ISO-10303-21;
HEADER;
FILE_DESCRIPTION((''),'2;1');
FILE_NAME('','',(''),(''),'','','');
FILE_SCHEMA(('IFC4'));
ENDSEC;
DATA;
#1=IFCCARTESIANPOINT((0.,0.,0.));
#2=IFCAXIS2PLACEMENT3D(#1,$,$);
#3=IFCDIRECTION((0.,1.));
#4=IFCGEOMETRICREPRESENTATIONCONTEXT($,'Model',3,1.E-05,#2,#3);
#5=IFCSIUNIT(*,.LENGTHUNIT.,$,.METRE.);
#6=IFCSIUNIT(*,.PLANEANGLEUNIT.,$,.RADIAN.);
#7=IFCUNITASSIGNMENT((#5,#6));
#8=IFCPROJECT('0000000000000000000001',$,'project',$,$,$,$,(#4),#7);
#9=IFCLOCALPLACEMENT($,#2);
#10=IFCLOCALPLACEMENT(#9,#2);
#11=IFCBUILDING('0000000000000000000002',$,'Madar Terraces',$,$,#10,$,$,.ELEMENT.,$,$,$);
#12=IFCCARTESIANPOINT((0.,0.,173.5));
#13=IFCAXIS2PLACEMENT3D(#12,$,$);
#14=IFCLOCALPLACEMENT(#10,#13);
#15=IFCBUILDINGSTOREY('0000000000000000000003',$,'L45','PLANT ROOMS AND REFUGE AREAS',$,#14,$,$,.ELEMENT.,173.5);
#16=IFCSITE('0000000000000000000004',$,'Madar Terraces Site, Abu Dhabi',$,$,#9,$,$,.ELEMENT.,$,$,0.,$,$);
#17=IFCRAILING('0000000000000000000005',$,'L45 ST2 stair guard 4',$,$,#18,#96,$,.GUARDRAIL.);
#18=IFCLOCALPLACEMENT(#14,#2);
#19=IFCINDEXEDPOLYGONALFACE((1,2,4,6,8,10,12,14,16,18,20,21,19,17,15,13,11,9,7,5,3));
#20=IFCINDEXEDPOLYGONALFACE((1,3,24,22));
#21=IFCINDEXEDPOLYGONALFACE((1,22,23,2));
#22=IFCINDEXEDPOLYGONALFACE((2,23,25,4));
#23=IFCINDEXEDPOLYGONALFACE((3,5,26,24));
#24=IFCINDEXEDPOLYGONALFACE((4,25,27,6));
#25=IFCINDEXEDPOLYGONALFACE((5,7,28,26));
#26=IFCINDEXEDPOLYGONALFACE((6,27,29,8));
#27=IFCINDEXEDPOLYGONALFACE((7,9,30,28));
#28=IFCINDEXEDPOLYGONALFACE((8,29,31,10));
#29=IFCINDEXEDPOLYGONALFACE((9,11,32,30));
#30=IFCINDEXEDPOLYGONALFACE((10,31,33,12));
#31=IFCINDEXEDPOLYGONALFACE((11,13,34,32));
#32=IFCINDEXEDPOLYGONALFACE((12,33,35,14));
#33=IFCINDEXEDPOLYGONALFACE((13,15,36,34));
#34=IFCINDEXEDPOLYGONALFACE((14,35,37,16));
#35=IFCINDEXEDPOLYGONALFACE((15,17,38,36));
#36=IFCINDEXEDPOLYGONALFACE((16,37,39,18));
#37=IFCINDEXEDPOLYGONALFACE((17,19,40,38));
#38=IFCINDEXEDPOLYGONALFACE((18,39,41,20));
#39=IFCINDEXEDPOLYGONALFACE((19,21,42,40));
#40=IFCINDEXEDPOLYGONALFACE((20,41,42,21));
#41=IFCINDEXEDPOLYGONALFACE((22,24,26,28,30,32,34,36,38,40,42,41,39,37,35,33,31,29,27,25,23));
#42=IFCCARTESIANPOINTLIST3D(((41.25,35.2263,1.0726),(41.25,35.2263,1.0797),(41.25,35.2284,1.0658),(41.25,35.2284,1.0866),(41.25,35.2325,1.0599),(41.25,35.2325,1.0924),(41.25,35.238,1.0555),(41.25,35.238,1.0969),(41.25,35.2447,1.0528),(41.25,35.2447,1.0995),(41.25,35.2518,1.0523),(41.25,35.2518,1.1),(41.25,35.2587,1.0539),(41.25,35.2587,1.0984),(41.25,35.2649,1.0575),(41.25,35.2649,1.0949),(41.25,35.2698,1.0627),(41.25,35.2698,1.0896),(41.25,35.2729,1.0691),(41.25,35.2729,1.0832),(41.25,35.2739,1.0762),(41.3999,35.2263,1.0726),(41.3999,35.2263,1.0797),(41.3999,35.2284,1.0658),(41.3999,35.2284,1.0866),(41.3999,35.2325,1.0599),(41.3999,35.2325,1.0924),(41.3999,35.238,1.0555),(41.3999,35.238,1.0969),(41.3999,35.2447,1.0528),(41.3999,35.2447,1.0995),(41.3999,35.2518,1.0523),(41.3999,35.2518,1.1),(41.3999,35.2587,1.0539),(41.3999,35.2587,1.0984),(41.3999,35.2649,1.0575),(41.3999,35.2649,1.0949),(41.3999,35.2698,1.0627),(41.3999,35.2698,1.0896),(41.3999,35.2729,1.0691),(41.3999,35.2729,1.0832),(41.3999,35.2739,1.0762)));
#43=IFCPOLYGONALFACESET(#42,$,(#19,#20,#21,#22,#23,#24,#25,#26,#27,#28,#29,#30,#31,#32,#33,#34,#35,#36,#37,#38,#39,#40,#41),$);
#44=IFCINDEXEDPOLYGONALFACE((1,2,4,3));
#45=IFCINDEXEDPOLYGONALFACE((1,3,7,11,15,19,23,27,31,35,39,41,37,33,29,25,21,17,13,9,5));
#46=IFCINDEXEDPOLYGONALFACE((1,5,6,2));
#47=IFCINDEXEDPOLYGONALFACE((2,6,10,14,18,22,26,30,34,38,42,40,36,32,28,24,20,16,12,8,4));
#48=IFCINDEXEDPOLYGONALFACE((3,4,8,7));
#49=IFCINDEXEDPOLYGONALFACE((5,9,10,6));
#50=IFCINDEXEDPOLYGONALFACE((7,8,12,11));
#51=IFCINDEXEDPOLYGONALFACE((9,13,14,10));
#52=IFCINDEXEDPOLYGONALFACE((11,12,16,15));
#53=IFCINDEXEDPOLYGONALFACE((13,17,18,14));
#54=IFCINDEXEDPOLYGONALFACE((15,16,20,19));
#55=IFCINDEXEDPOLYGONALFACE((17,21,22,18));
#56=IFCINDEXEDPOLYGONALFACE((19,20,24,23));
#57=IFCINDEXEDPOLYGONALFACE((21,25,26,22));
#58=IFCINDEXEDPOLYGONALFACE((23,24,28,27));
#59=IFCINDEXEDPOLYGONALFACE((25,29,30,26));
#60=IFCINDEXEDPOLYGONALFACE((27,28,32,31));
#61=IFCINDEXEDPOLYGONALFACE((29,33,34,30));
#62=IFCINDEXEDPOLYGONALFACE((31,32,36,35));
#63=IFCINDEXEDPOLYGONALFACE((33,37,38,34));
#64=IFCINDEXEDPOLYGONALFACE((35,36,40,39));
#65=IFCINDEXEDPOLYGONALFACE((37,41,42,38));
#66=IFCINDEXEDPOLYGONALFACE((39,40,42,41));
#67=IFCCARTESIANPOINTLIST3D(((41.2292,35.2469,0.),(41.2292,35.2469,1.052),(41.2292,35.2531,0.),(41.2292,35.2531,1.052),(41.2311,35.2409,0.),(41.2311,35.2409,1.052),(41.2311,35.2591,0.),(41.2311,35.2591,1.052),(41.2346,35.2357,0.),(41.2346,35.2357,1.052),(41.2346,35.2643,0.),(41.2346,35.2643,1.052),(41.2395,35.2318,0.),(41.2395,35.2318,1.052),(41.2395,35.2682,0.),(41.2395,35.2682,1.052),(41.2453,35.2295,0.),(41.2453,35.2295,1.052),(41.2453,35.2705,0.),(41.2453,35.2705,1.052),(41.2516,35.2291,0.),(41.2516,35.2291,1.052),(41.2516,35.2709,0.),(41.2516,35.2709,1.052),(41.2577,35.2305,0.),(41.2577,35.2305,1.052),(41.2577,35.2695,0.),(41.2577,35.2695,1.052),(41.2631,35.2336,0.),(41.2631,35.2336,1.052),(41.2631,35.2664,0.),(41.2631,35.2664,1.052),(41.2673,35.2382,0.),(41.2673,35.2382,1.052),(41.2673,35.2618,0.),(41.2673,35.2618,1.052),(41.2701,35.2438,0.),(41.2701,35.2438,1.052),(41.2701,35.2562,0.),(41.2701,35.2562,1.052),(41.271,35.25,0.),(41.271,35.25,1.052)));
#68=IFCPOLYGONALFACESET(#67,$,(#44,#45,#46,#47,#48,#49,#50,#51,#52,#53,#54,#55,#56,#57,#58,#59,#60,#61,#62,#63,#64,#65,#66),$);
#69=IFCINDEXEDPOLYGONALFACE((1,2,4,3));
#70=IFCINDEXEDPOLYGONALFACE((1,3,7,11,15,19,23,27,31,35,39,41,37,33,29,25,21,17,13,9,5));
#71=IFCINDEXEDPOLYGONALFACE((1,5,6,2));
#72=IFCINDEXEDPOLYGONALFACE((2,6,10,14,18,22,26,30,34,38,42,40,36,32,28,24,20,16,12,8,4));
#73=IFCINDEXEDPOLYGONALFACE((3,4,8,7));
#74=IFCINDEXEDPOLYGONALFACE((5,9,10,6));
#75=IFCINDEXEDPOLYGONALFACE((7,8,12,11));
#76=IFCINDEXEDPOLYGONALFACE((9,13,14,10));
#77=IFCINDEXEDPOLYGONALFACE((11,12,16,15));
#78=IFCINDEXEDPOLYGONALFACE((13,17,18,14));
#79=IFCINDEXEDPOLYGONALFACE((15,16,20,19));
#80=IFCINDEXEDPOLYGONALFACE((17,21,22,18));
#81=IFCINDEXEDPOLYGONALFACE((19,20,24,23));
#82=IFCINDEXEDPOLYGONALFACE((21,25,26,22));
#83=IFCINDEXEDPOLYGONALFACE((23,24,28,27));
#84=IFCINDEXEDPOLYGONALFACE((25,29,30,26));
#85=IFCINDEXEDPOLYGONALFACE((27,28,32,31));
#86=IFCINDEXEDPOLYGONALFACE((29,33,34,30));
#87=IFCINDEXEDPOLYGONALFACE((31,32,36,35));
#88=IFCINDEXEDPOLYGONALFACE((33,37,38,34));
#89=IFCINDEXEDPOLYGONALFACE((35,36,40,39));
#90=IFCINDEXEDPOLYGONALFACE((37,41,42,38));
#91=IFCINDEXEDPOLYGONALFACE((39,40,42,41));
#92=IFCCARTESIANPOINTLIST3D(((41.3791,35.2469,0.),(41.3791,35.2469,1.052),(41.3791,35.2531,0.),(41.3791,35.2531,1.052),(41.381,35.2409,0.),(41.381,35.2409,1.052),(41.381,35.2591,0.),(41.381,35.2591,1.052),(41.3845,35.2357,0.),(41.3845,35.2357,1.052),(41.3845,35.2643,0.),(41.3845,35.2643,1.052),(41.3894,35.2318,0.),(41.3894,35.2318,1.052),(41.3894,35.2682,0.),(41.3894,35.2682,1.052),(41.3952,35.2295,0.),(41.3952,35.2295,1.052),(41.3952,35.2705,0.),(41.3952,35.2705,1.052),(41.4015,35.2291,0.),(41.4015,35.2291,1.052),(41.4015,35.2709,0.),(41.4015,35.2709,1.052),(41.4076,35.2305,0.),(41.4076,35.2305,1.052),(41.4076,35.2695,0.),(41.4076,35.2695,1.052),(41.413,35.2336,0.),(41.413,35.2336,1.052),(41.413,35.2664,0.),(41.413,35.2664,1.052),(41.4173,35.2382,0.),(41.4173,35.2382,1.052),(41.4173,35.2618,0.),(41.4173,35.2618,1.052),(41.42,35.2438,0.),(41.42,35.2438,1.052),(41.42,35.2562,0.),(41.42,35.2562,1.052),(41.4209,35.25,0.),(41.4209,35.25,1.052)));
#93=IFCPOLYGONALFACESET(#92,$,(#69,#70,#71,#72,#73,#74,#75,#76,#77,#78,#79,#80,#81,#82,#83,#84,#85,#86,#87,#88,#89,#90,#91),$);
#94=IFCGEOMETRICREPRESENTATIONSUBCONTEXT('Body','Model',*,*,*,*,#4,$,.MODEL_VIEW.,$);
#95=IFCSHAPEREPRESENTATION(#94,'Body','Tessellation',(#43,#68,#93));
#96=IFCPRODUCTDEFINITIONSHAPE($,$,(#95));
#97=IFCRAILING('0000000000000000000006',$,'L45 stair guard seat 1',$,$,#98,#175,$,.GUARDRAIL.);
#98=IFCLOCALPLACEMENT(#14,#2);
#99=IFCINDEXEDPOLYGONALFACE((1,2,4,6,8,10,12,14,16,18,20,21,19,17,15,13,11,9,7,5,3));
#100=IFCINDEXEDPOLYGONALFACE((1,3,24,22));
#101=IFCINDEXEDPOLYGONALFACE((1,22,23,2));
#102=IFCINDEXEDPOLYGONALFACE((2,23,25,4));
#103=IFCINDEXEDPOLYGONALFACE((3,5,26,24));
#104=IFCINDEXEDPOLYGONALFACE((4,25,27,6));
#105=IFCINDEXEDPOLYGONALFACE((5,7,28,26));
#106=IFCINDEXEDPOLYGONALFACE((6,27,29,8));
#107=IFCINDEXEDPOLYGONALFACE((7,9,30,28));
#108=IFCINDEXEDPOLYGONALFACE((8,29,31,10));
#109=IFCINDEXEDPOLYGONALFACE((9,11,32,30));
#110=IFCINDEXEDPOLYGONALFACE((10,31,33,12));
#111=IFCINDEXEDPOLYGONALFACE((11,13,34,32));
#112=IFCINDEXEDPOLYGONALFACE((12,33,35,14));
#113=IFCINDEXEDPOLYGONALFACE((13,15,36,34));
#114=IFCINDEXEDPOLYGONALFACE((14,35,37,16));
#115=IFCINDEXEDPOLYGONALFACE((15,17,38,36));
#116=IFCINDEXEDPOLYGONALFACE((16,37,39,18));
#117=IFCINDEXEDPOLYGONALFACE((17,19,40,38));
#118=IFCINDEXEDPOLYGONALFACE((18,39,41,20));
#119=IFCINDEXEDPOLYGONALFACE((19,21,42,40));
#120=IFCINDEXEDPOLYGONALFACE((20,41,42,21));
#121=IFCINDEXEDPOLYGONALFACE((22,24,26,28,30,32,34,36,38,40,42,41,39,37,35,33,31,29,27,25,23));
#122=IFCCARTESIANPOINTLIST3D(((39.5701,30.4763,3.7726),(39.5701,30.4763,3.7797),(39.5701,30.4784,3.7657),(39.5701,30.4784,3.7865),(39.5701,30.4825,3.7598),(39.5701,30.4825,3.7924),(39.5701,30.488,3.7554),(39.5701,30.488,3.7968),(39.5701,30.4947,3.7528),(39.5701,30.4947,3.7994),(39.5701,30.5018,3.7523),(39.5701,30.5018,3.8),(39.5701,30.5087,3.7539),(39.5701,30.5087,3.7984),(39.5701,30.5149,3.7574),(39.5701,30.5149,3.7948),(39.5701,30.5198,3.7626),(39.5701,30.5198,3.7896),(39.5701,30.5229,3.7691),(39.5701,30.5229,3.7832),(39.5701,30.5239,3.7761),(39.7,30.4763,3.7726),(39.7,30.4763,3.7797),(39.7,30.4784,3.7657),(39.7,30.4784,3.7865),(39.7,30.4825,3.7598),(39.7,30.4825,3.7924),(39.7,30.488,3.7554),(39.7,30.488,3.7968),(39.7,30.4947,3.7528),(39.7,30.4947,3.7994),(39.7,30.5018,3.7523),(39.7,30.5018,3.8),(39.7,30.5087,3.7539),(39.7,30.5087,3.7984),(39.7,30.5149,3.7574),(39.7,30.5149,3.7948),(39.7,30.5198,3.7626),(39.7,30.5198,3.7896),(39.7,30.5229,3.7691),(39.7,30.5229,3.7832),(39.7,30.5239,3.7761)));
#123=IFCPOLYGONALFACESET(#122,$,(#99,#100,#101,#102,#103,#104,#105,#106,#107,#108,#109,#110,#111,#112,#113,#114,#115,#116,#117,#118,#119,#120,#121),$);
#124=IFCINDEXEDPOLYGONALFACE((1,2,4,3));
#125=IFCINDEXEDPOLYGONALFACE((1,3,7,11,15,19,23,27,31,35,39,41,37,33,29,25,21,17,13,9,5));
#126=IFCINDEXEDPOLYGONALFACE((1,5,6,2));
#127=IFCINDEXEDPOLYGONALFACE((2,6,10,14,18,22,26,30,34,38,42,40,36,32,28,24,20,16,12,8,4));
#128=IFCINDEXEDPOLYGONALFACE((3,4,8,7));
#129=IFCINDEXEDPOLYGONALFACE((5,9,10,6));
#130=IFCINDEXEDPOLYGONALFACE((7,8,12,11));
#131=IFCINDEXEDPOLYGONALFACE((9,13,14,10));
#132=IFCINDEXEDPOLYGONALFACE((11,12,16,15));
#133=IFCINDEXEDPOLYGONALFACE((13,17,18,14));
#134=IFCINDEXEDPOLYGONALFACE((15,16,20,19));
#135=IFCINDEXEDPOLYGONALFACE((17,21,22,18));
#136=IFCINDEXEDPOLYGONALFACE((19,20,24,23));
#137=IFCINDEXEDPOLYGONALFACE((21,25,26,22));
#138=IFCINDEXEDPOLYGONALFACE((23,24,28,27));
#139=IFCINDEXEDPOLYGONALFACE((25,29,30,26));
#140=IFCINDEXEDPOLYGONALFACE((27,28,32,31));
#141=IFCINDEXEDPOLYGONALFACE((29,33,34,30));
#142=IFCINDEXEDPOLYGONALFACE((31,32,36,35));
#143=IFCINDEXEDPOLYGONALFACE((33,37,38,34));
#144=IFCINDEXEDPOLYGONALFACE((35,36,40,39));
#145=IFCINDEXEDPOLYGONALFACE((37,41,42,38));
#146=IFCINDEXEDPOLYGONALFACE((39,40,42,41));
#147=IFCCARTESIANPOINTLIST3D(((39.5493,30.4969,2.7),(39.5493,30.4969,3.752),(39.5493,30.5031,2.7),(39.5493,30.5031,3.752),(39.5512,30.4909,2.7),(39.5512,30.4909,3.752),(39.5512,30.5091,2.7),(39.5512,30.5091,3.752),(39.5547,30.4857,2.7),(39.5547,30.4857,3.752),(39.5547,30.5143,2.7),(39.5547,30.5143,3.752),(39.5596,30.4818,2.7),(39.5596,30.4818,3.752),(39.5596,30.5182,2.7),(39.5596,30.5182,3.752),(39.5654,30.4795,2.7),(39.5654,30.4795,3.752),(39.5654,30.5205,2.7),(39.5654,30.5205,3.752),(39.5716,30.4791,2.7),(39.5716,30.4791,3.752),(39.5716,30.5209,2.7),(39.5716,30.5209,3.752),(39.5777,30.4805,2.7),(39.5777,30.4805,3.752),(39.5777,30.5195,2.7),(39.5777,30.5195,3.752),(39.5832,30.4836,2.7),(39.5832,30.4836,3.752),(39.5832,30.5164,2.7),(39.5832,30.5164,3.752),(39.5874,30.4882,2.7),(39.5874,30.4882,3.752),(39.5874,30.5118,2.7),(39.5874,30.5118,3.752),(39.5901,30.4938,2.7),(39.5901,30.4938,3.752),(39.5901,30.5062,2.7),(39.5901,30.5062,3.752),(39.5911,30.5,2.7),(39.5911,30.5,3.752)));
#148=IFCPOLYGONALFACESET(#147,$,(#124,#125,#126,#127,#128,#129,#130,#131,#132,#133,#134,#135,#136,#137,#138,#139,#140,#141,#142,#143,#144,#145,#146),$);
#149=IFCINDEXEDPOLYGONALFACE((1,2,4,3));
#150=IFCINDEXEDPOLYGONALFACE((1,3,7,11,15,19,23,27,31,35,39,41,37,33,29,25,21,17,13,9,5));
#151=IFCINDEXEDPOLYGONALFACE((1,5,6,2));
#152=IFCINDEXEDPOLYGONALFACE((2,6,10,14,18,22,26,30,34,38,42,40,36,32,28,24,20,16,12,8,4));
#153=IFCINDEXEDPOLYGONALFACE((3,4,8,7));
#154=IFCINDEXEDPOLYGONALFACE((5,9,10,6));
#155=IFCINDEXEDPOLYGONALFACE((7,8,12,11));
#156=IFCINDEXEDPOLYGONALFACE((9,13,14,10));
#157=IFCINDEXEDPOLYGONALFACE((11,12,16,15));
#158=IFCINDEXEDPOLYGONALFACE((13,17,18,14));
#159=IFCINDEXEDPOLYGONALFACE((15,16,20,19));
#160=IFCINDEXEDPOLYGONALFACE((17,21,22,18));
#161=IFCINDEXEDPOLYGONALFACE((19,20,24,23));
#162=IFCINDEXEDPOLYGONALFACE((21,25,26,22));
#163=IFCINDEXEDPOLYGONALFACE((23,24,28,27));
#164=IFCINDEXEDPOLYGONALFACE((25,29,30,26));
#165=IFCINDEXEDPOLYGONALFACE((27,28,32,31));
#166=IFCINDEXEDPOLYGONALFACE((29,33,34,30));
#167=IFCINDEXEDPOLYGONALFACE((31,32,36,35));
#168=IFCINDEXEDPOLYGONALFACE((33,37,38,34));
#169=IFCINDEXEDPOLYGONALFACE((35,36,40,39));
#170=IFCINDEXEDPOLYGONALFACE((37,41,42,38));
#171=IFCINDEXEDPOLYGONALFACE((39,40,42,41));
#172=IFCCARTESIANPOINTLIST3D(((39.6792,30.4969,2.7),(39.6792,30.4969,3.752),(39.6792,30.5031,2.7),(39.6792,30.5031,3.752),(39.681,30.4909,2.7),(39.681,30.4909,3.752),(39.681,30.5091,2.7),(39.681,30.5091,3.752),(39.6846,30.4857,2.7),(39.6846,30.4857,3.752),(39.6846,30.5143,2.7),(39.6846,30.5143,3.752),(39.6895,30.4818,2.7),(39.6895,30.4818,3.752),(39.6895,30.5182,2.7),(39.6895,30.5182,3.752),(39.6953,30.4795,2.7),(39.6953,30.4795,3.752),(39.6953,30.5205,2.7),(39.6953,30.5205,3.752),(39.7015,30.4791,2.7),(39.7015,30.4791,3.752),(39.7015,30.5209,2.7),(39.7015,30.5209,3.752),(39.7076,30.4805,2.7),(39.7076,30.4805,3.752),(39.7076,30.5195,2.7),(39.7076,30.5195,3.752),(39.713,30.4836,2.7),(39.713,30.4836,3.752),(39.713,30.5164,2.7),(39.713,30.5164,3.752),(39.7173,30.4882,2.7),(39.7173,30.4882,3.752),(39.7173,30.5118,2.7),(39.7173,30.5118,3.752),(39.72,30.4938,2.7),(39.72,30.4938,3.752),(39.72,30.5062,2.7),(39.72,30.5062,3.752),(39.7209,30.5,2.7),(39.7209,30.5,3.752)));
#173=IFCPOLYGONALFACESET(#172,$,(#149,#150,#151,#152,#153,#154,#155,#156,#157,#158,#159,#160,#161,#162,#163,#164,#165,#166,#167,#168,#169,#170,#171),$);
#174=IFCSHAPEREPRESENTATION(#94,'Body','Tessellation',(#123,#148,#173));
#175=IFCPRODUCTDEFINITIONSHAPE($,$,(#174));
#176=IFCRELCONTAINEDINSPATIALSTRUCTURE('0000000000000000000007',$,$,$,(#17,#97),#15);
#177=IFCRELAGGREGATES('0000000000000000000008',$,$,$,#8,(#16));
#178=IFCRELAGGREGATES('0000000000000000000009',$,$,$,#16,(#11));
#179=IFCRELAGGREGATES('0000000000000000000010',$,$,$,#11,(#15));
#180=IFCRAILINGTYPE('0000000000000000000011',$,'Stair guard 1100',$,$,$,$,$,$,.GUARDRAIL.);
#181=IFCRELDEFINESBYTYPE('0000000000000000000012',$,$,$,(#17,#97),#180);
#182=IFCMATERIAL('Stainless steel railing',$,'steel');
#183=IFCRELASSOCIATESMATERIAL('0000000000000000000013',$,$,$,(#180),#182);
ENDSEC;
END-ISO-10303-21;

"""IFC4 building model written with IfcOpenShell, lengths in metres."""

from ifc_helpers import new_model, si_unit, direction, frame, origin, origin_2d, place, context, subcontext, project, spatial, circle, extrude, material, type_object, element, save


model = new_model("IFC4")

# Units and contexts
model_context = context("Model", 3, precision=1e-05, world=origin(), true_north=direction((0.0, 1.0)))
body_context = subcontext(model_context, "Body", "Model", "MODEL_VIEW")
ifc_project = project(units=[si_unit("LENGTHUNIT", "METRE"), si_unit("PLANEANGLEUNIT", "RADIAN")], contexts=[model_context])

# Site, building, storey
site_placement = place(None, origin())
site = spatial("IfcSite", under=ifc_project, at=site_placement, Name="Madar Terraces Site, Abu Dhabi", CompositionType="ELEMENT", RefElevation=0.0)
building_placement = place(site_placement, origin())
building = spatial("IfcBuilding", under=site, at=building_placement, Name="Madar Terraces", CompositionType="ELEMENT")
storey_placement = place(building_placement, frame((0.0, 0.0, 173.5)))
storey = spatial("IfcBuildingStorey", under=building, at=storey_placement, Name="L45", Description="PLANT ROOMS AND REFUGE AREAS", CompositionType="ELEMENT", Elevation=173.5)

# Railings
ifc_material_1 = material(Name="Stainless steel railing", Category="steel")
railing_type_1 = type_object("IfcRailingType", Name="Stair guard 1100", PredefinedType="GUARDRAIL", material=ifc_material_1)
railing_1_placement = place(storey_placement, frame((41.25, 35.25, 0.0)))
element("IfcRailing", 1, at=railing_1_placement, inside=storey, type_object=railing_type_1, Name="L45 ST2 stair guard 4", PredefinedType="GUARDRAIL", context=body_context, shape_type="SweptSolid", body=[
    extrude(circle(Radius=0.0239, at=origin_2d()), frame((0.0, 0.0, 1.0762), z_axis=(1.0, 0.0, 0.0), x_axis=(0.0, 1.0, 0.0)), (0.0, 0.0, 1.0), 0.1499),
    extrude(circle(Radius=0.021, at=origin_2d()), origin(), (0.0, 0.0, 1.0), 1.052),
    extrude(circle(Radius=0.021, at=origin_2d()), frame((0.1499, 0.0, 0.0)), (0.0, 0.0, 1.0), 1.052),
])
for number, where, name in (
    (2, (39.5701, 30.5, 2.7), "L45 stair guard seat 1"),
):
    element("IfcRailing", number, at=place(storey_placement, frame(where)), inside=storey, type_object=railing_type_1, Name=name, PredefinedType="GUARDRAIL", context=body_context, shape_type="SweptSolid", body=[
        extrude(circle(Radius=0.0239, at=origin_2d()), frame((0.0, 0.0, 1.0762), z_axis=(1.0, 0.0, 0.0), x_axis=(0.0, 1.0, 0.0)), (0.0, 0.0, 1.0), 0.1299),
        extrude(circle(Radius=0.021, at=origin_2d()), origin(), (0.0, 0.0, 1.0), 1.052),
        extrude(circle(Radius=0.021, at=origin_2d()), frame((0.1299, 0.0, 0.0)), (0.0, 0.0, 1.0), 1.052),
    ])

save(model, "model.ifc")
